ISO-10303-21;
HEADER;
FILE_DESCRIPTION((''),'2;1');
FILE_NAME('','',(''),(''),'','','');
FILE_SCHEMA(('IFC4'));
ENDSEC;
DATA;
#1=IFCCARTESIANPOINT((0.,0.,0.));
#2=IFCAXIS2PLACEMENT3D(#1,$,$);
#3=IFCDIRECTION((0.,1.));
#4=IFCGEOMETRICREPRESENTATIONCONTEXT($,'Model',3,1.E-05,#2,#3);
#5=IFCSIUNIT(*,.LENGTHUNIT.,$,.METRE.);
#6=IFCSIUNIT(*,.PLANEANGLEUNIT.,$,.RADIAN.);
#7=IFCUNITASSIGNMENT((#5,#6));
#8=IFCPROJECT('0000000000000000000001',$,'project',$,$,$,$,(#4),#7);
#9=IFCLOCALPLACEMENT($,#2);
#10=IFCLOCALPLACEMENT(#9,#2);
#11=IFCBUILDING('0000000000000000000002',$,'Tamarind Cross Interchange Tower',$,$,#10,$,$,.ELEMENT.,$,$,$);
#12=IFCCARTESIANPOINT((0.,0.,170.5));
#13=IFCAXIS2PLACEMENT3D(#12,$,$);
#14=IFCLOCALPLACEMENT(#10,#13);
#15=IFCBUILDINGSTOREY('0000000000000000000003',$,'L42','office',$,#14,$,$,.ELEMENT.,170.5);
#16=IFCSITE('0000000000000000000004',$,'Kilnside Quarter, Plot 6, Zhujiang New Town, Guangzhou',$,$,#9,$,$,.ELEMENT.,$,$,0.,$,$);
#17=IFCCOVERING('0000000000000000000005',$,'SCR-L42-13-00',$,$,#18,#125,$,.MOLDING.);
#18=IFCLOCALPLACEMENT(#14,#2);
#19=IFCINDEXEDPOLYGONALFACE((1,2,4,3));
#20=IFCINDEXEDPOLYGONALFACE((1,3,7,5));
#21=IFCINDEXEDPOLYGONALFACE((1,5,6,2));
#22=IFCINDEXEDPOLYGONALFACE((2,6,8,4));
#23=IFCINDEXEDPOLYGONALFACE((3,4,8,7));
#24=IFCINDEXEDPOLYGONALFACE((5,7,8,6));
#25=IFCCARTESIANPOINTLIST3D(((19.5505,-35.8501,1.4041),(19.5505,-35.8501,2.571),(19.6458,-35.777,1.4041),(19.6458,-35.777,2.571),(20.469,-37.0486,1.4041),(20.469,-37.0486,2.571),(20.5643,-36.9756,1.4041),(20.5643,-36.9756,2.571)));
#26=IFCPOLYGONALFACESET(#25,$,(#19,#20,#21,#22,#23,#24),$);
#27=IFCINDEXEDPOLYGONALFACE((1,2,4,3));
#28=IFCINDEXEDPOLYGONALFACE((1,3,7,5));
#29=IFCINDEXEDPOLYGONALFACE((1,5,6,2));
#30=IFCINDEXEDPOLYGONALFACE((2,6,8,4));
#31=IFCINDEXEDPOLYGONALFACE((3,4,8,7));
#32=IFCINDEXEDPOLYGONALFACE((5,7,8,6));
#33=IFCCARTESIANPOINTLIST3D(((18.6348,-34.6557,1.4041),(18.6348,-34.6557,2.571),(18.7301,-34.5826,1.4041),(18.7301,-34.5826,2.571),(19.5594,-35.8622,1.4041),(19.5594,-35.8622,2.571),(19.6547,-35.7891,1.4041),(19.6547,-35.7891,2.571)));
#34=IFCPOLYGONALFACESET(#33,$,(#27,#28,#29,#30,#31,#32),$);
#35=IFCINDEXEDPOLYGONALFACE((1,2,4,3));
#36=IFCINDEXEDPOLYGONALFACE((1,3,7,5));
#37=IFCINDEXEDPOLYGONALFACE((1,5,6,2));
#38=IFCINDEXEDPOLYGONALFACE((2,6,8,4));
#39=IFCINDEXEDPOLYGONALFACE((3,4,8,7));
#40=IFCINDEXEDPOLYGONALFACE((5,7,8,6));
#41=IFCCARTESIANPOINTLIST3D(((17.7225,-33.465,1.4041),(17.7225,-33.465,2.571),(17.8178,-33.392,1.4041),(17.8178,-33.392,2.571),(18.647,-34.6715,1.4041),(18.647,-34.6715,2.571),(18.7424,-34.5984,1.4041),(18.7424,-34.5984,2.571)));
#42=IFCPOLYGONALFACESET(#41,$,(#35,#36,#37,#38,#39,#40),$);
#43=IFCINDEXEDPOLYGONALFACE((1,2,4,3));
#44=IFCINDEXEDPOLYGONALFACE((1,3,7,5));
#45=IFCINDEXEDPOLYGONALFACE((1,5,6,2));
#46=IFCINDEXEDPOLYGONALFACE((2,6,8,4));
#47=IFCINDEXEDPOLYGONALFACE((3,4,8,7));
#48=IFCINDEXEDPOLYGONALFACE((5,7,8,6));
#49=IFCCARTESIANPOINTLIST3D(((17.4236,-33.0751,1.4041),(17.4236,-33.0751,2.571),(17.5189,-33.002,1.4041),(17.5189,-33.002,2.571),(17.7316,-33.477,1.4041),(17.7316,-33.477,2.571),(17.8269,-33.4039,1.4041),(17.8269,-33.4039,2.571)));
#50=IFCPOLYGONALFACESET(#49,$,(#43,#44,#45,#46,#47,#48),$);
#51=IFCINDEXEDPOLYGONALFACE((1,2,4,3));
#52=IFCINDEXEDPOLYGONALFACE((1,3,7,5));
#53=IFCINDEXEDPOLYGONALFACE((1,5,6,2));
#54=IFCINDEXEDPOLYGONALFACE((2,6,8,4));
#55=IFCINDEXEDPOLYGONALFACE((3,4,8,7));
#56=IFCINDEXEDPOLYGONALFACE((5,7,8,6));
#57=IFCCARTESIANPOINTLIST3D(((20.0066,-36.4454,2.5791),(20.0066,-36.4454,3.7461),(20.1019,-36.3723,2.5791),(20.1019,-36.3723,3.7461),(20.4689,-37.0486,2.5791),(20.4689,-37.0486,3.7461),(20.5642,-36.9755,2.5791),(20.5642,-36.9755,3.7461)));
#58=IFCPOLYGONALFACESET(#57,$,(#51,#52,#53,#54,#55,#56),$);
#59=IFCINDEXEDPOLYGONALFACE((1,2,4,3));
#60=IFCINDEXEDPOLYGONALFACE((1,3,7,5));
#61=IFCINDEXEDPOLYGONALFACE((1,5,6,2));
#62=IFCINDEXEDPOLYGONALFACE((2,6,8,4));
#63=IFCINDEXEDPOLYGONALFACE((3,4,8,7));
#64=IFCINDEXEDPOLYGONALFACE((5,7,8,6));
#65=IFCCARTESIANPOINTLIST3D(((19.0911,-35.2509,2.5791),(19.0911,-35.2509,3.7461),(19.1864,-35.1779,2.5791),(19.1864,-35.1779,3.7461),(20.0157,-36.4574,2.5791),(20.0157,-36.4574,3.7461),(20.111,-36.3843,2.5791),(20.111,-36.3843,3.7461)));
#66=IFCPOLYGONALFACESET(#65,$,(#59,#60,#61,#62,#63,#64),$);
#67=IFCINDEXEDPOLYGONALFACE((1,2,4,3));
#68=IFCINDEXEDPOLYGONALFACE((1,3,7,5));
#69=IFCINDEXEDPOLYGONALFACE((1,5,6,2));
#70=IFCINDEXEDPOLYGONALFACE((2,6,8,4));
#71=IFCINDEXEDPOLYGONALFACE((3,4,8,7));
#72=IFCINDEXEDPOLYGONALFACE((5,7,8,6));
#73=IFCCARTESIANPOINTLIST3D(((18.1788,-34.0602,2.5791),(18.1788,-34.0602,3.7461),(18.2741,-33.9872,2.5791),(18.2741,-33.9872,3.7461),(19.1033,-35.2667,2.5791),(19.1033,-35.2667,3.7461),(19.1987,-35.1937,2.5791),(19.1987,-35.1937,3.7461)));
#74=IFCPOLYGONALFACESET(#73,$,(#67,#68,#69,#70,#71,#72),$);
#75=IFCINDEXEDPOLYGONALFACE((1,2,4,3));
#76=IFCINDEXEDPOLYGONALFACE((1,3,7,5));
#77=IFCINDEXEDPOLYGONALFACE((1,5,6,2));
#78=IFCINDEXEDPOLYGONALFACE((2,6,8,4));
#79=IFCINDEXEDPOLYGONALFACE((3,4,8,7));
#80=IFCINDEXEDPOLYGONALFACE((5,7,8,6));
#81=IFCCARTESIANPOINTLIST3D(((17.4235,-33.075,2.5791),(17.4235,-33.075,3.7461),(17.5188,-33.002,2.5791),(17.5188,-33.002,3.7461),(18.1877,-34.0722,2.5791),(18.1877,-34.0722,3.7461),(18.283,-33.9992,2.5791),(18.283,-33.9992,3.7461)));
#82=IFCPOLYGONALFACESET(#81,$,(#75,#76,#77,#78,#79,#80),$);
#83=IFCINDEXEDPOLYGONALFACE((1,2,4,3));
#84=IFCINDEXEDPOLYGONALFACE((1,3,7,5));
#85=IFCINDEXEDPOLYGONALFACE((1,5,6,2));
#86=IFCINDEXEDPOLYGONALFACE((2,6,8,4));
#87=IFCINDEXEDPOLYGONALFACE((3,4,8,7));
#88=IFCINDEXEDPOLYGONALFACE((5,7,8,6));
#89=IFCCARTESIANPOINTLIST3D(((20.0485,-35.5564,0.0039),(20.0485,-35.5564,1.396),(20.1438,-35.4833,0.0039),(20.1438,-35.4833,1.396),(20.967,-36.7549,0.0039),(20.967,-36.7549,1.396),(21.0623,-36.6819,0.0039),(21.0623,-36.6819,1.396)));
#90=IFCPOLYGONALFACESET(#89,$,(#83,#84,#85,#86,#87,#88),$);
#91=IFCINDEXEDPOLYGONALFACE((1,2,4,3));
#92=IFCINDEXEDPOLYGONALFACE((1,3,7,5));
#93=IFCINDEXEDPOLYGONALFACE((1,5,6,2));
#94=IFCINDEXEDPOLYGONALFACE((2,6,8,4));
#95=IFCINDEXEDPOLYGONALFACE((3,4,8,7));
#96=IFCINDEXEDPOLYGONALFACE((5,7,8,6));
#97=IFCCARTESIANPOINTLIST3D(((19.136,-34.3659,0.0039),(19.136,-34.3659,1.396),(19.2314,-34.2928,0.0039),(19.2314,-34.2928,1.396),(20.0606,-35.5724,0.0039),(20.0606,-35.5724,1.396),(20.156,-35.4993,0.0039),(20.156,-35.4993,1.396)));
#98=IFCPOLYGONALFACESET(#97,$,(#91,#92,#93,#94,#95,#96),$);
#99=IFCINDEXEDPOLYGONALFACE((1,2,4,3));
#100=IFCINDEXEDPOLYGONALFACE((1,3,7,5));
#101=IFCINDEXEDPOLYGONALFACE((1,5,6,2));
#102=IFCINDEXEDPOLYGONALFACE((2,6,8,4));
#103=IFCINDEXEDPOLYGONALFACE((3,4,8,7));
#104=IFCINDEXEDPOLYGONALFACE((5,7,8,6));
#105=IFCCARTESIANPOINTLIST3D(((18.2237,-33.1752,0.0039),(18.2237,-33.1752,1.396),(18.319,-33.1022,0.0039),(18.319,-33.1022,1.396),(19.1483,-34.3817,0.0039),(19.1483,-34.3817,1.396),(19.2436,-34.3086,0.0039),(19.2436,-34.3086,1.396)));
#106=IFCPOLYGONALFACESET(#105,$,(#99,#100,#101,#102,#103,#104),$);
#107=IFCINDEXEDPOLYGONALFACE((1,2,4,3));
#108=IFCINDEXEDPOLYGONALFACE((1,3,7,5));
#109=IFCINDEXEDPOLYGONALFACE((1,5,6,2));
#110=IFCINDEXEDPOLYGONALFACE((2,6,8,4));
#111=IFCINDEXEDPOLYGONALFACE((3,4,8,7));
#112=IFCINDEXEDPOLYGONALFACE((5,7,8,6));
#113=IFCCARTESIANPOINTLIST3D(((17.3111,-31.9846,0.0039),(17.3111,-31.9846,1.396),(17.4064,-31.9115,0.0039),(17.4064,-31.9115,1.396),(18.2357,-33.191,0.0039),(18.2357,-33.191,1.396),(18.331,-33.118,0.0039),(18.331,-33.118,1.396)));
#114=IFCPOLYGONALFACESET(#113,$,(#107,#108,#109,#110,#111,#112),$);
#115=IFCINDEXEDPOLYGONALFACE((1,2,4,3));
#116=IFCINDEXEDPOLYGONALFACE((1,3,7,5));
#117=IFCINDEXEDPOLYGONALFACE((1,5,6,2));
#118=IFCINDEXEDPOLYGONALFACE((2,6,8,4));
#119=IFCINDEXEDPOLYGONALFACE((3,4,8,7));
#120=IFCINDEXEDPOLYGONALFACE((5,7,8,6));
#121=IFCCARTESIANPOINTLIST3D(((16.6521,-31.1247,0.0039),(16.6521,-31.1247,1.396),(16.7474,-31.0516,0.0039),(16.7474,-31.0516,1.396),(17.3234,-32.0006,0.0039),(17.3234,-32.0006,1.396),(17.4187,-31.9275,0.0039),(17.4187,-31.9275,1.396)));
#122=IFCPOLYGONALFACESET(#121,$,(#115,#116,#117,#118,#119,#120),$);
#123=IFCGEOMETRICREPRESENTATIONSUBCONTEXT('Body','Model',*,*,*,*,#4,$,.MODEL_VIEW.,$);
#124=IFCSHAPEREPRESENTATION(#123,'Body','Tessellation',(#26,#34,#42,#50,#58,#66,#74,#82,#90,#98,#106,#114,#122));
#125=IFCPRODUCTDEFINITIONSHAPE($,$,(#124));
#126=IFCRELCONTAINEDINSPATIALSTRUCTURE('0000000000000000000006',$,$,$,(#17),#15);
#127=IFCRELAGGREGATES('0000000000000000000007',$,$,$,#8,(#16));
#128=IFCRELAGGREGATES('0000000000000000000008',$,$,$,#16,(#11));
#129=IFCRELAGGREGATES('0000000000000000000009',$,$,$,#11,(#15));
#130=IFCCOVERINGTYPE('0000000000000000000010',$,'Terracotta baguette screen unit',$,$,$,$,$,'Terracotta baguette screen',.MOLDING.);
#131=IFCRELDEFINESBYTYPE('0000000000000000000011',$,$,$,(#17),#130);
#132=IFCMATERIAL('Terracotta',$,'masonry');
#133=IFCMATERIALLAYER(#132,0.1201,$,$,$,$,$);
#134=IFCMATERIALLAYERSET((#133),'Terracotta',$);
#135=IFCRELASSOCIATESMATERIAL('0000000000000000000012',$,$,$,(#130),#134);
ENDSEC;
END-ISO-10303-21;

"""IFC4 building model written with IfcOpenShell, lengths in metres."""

from ifc_helpers import new_model, si_unit, direction, frame, origin, origin_2d, place, context, subcontext, project, spatial, rectangle, extrude, material, layer, layer_set, type_object, element, save


model = new_model("IFC4")

# Units and contexts
model_context = context("Model", 3, precision=1e-05, world=origin(), true_north=direction((0.0, 1.0)))
body_context = subcontext(model_context, "Body", "Model", "MODEL_VIEW")
ifc_project = project(units=[si_unit("LENGTHUNIT", "METRE"), si_unit("PLANEANGLEUNIT", "RADIAN")], contexts=[model_context])

# Site, building, storey
site_placement = place(None, origin())
site = spatial("IfcSite", under=ifc_project, at=site_placement, Name="Kilnside Quarter, Plot 6, Zhujiang New Town, Guangzhou", CompositionType="ELEMENT", RefElevation=0.0)
building_placement = place(site_placement, origin())
building = spatial("IfcBuilding", under=site, at=building_placement, Name="Tamarind Cross Interchange Tower", CompositionType="ELEMENT")
storey_placement = place(building_placement, frame((0.0, 0.0, 170.5)))
storey = spatial("IfcBuildingStorey", under=building, at=storey_placement, Name="L42", Description="office", CompositionType="ELEMENT", Elevation=170.5)

# Covering
ifc_material_1 = material(Name="Terracotta", Category="masonry")
ifc_layer_1 = layer(ifc_material_1, 0.1201)
ifc_layer_set_1 = layer_set([ifc_layer_1], Name="Terracotta")
covering_type = type_object("IfcCoveringType", Name="Terracotta baguette screen unit", ElementType="Terracotta baguette screen", PredefinedType="MOLDING", material=ifc_layer_set_1)
covering_1_placement = place(storey_placement, origin())
element("IfcCovering", 1, at=covering_1_placement, inside=storey, type_object=covering_type, Name="SCR-L42-13-00", PredefinedType="MOLDING", context=body_context, shape_type="SweptSolid", body=[
    extrude(rectangle(XDim=1.51, YDim=0.1201, at=origin_2d()), frame((20.0574, -36.4128, 1.4041), z_axis=(0.0, 0.0, 1.0), x_axis=(-0.608277, 0.793725, 0.0)), (0.0, 0.0, 1.0), 1.167),
    extrude(rectangle(XDim=1.52, YDim=0.1201, at=origin_2d()), frame((19.1448, -35.2224, 1.4041), z_axis=(0.0, 0.0, 1.0), x_axis=(-0.608277, 0.793725, 0.0)), (0.0, 0.0, 1.0), 1.167),
    extrude(rectangle(XDim=1.52, YDim=0.1201, at=origin_2d()), frame((18.2324, -34.0317, 1.4041), z_axis=(0.0, 0.0, 1.0), x_axis=(-0.608277, 0.793725, 0.0)), (0.0, 0.0, 1.0), 1.167),
    extrude(rectangle(XDim=0.5063, YDim=0.1201, at=origin_2d()), frame((17.6252, -33.2395, 1.4041), z_axis=(0.0, 0.0, 1.0), x_axis=(-0.608277, 0.793725, 0.0)), (0.0, 0.0, 1.0), 1.167),
    extrude(rectangle(XDim=0.76, YDim=0.1201, at=origin_2d()), frame((20.2854, -36.7104, 2.5791), z_axis=(0.0, 0.0, 1.0), x_axis=(-0.608277, 0.793725, 0.0)), (0.0, 0.0, 1.0), 1.167),
    extrude(rectangle(XDim=1.52, YDim=0.1201, at=origin_2d()), frame((19.6011, -35.8176, 2.5791), z_axis=(0.0, 0.0, 1.0), x_axis=(-0.608277, 0.793725, 0.0)), (0.0, 0.0, 1.0), 1.167),
    extrude(rectangle(XDim=1.52, YDim=0.1201, at=origin_2d()), frame((18.6887, -34.627, 2.5791), z_axis=(0.0, 0.0, 1.0), x_axis=(-0.608277, 0.793725, 0.0)), (0.0, 0.0, 1.0), 1.167),
    extrude(rectangle(XDim=1.2563, YDim=0.1201, at=origin_2d()), frame((17.8533, -33.5371, 2.5791), z_axis=(0.0, 0.0, 1.0), x_axis=(-0.608277, 0.793725, 0.0)), (0.0, 0.0, 1.0), 1.167),
    extrude(rectangle(XDim=1.51, YDim=0.1201, at=origin_2d()), frame((20.5554, -36.1191, 0.0039), z_axis=(0.0, 0.0, 1.0), x_axis=(-0.608277, 0.793725, 0.0)), (0.0, 0.0, 1.0), 1.3921),
    extrude(rectangle(XDim=1.52, YDim=0.1201, at=origin_2d()), frame((19.646, -34.9326, 0.0039), z_axis=(0.0, 0.0, 1.0), x_axis=(-0.608277, 0.793725, 0.0)), (0.0, 0.0, 1.0), 1.3921),
    extrude(rectangle(XDim=1.52, YDim=0.1201, at=origin_2d()), frame((18.7336, -33.7419, 0.0039), z_axis=(0.0, 0.0, 1.0), x_axis=(-0.608277, 0.793725, 0.0)), (0.0, 0.0, 1.0), 1.3921),
    extrude(rectangle(XDim=1.52, YDim=0.1201, at=origin_2d()), frame((17.821, -32.5513, 0.0039), z_axis=(0.0, 0.0, 1.0), x_axis=(-0.608277, 0.793725, 0.0)), (0.0, 0.0, 1.0), 1.3921),
    extrude(rectangle(XDim=1.1035, YDim=0.1201, at=origin_2d()), frame((17.0354, -31.5261, 0.0039), z_axis=(0.0, 0.0, 1.0), x_axis=(-0.608277, 0.793725, 0.0)), (0.0, 0.0, 1.0), 1.3921),
])

save(model, "model.ifc")
